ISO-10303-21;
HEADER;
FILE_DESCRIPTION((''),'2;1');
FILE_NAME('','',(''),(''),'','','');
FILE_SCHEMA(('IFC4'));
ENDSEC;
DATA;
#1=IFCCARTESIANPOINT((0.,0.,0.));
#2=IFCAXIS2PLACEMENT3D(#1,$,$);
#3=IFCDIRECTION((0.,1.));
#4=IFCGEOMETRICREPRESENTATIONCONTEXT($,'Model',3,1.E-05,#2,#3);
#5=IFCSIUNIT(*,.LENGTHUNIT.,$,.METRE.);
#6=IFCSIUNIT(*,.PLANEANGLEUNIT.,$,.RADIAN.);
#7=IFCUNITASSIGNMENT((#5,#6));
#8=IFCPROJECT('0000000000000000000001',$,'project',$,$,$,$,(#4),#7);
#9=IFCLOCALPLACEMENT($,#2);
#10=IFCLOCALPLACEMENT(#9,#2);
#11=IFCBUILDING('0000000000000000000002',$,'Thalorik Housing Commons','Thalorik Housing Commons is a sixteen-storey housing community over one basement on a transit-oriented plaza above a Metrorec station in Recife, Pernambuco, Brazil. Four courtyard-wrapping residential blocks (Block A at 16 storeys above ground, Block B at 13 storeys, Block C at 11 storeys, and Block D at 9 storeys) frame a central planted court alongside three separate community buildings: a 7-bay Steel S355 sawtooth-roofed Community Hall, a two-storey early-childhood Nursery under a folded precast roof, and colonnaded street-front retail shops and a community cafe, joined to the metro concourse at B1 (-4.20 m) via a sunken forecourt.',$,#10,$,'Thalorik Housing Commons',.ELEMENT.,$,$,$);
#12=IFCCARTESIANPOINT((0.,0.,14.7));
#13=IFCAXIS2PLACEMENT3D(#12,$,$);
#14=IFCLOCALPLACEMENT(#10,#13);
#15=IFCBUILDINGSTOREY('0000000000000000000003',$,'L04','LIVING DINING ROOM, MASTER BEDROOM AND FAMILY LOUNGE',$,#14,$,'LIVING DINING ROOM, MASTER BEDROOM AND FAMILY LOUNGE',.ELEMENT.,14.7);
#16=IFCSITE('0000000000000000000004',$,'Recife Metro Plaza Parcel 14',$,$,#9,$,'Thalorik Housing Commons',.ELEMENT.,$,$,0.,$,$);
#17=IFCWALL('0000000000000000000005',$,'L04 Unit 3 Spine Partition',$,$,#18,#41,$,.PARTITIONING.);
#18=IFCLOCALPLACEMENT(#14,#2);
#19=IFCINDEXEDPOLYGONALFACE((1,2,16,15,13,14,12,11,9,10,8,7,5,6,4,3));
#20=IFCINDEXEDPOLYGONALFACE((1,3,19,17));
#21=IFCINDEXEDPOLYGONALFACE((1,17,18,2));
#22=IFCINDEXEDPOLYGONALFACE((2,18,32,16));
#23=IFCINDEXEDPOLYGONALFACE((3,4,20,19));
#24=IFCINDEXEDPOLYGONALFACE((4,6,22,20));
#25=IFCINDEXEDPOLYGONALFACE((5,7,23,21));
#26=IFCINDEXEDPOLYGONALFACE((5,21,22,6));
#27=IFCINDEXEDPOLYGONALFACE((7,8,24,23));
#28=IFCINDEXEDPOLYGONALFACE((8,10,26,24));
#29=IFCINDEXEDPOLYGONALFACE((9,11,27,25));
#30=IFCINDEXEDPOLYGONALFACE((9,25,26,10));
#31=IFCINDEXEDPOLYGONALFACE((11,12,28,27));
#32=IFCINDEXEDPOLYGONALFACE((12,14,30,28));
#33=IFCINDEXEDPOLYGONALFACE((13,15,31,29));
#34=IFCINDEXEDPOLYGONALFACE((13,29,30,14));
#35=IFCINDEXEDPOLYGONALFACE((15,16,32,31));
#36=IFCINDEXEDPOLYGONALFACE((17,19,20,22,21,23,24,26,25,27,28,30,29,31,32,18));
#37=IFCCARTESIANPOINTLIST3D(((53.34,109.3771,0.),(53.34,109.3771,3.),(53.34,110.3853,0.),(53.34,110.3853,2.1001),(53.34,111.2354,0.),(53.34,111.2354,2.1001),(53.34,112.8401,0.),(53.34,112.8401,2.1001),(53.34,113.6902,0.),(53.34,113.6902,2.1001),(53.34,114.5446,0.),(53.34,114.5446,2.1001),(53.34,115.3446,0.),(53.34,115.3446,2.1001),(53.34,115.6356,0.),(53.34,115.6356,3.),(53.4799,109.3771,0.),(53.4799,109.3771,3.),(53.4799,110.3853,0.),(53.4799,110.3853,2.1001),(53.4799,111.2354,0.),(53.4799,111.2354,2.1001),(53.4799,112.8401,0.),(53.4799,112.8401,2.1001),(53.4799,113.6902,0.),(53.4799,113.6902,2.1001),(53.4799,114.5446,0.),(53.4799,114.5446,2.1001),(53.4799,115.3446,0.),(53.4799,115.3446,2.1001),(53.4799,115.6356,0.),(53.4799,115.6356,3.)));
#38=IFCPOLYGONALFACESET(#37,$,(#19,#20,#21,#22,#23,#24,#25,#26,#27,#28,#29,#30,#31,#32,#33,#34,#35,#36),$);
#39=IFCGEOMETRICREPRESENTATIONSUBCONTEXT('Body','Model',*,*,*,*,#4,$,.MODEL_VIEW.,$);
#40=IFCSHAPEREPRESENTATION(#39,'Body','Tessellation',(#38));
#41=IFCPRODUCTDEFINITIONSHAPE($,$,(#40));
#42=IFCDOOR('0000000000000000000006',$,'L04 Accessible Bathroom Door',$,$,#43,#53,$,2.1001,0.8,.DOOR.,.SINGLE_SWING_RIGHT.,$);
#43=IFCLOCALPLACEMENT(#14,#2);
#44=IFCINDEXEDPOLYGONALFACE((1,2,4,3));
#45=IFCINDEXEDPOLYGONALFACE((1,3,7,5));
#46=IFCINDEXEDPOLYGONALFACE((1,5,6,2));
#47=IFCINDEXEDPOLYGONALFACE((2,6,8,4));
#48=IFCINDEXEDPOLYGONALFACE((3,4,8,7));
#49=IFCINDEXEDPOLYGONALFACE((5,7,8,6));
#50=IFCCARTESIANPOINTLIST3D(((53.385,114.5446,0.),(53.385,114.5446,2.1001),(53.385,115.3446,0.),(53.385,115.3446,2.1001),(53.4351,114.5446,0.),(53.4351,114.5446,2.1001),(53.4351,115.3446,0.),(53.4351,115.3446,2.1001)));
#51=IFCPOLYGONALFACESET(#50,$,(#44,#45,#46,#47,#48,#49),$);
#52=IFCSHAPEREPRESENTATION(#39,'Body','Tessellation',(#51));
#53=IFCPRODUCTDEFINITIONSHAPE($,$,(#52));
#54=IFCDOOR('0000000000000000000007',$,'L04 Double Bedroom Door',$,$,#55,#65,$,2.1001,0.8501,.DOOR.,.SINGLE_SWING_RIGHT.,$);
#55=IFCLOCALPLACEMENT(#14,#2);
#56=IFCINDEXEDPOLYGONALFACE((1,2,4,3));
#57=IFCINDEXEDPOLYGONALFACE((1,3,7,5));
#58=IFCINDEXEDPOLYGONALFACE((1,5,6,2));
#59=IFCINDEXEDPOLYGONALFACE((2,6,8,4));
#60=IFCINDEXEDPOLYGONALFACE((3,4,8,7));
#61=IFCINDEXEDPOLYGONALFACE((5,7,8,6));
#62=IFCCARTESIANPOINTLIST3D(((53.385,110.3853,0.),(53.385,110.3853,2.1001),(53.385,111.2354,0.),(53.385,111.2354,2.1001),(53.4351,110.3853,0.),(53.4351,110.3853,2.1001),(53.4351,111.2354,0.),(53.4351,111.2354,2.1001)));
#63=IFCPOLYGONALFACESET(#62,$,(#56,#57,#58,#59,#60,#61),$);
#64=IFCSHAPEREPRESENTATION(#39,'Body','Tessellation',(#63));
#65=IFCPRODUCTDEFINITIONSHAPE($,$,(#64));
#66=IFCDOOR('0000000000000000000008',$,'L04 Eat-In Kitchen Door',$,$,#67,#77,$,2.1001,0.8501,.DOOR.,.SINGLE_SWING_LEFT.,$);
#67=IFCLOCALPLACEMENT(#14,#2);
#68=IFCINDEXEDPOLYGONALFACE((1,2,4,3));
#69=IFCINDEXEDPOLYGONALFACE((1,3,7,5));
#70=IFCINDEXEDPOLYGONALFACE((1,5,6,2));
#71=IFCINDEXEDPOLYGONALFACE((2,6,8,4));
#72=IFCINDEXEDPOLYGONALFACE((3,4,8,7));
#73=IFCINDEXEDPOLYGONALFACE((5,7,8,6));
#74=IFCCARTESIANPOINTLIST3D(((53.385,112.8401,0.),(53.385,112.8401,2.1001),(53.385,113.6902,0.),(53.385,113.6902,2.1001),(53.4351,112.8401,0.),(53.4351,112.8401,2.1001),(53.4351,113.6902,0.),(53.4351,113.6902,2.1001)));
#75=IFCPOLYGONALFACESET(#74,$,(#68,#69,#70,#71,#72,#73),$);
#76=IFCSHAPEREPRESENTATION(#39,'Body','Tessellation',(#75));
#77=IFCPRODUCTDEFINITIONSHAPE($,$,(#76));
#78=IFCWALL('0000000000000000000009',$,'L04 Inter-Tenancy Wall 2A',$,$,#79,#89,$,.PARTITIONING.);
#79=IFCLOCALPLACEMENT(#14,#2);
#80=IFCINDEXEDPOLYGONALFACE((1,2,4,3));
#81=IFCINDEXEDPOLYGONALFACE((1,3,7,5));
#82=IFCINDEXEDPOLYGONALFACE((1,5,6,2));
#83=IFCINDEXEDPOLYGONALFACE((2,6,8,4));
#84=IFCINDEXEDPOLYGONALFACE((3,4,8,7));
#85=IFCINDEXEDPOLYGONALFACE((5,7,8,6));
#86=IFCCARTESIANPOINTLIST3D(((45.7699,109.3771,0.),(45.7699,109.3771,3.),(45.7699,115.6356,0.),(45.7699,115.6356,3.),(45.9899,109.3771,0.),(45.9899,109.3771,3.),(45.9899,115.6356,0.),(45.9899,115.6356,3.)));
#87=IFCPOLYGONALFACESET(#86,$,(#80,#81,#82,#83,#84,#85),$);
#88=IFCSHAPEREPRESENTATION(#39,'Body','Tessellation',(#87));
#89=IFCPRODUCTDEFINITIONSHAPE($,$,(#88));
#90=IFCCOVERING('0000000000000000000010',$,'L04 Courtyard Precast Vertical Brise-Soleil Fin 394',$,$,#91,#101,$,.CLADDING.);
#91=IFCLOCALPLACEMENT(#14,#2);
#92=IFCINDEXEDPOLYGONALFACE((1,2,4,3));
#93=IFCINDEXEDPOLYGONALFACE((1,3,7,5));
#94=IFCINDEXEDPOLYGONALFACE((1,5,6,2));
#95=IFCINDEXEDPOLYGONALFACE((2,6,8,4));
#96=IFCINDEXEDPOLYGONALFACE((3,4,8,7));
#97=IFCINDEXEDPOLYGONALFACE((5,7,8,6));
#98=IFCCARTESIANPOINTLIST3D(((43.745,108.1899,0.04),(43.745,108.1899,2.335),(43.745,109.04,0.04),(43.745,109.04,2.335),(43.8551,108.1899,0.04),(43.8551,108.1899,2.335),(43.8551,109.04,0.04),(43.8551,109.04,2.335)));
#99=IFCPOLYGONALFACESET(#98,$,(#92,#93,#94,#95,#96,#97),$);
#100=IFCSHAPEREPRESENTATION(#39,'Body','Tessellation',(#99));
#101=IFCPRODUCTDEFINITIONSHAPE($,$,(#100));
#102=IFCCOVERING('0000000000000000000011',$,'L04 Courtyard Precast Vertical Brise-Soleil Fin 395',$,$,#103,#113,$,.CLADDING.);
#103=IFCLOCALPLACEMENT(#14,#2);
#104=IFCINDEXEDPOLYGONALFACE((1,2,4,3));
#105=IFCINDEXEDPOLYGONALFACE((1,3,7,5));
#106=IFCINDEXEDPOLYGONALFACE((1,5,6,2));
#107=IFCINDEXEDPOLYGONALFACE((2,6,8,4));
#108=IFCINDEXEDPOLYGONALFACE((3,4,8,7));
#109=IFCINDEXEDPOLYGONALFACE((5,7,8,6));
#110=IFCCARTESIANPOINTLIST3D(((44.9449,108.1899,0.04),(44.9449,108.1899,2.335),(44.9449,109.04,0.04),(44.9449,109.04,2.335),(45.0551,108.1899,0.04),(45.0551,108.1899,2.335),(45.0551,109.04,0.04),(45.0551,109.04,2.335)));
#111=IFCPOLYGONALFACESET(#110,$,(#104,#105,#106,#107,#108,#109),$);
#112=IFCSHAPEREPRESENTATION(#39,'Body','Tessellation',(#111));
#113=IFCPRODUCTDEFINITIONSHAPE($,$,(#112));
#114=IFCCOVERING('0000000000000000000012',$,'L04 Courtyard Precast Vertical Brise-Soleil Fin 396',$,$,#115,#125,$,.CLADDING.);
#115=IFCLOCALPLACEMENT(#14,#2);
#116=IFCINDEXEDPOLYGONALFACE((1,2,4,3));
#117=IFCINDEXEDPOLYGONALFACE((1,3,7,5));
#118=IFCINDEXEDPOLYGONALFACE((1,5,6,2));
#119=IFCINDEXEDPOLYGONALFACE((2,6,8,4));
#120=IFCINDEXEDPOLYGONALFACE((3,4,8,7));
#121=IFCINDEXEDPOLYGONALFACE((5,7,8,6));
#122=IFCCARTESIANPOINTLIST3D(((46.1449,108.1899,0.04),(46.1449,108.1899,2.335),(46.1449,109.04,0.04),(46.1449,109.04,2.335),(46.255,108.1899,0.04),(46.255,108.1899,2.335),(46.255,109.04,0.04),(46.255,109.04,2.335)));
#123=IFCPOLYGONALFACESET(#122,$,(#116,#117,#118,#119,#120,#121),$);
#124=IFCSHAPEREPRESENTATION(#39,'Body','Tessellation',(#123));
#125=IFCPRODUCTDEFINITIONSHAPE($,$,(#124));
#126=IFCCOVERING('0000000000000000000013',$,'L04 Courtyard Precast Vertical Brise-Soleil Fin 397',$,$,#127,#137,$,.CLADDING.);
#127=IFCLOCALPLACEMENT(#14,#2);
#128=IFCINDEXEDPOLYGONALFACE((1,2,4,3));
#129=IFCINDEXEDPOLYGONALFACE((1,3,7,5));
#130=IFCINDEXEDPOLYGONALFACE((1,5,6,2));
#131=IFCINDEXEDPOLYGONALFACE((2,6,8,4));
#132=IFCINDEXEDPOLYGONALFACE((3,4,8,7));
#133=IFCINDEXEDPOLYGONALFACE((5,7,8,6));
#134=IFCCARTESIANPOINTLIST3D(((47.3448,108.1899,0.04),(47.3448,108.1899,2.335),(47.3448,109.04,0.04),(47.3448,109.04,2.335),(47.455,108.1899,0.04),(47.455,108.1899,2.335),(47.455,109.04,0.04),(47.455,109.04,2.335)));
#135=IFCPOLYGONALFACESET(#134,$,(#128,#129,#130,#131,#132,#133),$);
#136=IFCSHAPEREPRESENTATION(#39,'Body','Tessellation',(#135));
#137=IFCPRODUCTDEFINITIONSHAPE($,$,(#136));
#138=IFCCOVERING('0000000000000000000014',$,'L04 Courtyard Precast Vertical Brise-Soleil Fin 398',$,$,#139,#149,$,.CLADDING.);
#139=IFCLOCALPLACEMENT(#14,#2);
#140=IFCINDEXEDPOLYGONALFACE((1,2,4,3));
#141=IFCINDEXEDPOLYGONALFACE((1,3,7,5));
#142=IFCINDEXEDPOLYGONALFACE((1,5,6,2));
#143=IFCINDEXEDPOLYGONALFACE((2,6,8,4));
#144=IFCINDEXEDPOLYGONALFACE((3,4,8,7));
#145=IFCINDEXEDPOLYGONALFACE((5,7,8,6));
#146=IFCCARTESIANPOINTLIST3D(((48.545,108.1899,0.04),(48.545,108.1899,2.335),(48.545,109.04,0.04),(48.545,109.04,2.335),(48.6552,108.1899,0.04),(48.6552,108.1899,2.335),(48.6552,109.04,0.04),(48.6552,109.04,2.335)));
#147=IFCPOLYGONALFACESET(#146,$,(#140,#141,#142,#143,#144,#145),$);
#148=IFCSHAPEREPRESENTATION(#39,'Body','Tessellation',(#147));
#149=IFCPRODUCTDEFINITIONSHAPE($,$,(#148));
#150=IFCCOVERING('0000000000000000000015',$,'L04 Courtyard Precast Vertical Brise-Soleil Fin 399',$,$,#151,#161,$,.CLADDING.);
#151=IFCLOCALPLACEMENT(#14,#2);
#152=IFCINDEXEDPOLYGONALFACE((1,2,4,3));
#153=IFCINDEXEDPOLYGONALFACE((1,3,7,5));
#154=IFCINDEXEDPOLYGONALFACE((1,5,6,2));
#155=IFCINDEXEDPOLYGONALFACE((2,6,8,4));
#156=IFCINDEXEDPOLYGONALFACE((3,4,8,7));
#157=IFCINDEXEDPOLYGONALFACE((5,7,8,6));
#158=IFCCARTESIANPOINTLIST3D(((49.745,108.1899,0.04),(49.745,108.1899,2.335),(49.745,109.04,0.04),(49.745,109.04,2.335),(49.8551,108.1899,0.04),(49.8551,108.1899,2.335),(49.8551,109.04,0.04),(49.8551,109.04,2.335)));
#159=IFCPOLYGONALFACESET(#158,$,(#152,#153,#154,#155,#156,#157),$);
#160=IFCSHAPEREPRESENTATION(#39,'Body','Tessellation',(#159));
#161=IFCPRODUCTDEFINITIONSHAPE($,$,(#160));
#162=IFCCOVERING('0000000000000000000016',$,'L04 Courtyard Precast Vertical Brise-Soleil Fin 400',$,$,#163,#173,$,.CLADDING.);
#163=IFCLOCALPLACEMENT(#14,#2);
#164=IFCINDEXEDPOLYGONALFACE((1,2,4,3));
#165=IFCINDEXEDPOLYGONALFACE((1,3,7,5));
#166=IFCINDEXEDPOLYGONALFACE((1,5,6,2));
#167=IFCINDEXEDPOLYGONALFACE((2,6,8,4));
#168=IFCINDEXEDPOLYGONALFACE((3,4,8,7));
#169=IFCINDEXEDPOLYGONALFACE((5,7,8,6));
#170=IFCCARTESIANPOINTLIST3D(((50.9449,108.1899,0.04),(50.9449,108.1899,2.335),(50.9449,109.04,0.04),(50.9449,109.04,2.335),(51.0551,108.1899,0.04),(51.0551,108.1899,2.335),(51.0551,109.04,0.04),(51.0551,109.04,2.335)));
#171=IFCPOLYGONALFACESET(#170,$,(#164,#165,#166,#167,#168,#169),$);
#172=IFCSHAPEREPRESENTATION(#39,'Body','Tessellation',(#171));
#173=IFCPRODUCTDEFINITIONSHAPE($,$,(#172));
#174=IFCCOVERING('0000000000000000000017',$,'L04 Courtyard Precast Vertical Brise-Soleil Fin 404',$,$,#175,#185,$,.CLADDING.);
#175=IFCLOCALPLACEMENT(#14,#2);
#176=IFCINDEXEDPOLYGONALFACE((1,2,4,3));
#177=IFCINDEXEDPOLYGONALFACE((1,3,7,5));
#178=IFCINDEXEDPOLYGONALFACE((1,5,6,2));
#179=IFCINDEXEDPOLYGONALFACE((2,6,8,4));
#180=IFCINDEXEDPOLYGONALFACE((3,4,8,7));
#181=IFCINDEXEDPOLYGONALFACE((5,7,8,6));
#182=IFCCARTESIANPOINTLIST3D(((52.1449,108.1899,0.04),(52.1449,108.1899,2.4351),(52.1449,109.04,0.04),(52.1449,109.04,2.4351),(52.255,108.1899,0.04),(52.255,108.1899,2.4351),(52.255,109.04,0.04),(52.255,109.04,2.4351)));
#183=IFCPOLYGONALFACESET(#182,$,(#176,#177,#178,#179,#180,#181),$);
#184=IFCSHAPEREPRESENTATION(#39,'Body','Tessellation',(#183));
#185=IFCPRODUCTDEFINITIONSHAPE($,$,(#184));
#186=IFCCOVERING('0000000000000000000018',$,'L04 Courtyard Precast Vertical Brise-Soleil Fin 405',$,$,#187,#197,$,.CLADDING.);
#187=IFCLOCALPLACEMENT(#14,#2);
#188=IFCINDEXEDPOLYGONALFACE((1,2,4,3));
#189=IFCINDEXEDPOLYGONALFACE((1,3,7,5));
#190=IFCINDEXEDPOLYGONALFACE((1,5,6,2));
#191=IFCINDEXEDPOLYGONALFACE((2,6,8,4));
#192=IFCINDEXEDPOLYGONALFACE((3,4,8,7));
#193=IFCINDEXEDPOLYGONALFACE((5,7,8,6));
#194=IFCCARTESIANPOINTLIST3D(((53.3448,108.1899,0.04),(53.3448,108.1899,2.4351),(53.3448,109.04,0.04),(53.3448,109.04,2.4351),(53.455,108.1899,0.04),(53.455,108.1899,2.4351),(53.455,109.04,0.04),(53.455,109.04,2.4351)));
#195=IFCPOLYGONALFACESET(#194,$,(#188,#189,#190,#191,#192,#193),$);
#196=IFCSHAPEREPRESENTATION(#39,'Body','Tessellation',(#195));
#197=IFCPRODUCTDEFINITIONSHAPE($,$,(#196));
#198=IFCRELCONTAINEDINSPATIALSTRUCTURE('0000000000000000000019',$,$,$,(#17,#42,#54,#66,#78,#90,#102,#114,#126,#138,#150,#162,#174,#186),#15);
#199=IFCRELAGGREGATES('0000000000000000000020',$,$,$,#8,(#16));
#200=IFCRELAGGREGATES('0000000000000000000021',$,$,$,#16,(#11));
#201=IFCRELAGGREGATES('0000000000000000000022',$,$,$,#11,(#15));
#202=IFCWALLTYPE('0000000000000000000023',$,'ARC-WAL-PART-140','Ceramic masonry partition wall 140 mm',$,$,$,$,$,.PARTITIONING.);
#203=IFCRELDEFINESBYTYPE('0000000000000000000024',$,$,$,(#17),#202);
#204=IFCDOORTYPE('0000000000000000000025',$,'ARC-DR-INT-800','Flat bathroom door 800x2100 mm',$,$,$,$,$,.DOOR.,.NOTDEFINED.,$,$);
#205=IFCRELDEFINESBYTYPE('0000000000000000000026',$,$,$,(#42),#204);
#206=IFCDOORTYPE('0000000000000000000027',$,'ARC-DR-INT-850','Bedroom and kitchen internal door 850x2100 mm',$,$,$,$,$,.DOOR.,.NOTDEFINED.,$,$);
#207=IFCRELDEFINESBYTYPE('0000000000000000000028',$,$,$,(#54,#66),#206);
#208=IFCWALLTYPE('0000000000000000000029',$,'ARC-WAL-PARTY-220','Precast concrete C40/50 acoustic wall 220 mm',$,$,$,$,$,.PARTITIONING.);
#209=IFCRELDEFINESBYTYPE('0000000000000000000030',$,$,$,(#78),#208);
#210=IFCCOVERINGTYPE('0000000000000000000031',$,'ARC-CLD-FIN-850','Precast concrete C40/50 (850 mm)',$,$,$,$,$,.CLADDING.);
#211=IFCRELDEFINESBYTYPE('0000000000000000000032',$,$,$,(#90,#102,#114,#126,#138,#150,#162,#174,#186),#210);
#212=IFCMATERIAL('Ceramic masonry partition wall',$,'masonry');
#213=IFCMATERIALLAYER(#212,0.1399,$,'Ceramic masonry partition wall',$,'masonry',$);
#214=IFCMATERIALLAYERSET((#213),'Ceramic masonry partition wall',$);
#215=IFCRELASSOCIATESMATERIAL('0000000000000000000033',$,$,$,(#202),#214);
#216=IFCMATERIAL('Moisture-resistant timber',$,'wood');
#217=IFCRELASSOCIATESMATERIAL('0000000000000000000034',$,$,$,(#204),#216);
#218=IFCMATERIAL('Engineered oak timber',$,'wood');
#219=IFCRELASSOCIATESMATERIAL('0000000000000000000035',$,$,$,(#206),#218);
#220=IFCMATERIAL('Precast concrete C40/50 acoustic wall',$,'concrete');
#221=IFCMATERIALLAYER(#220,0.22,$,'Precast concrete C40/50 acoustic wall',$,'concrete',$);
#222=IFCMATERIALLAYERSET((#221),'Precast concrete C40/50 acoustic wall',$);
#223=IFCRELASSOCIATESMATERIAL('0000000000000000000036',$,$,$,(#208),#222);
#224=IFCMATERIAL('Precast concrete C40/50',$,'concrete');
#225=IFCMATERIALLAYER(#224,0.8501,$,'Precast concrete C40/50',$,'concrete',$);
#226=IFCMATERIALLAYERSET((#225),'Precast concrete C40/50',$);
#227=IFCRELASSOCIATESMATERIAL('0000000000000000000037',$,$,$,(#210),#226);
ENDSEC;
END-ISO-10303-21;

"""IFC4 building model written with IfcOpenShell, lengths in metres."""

from ifc_helpers import new_model, si_unit, direction, frame, frame_2d, origin, origin_2d, place, context, subcontext, project, spatial, rectangle, extrude, material, layer, layer_set, type_object, element, fill, save


model = new_model("IFC4")

# Units and contexts
model_context = context("Model", 3, precision=1e-05, world=origin(), true_north=direction((0.0, 1.0)))
body_context = subcontext(model_context, "Body", "Model", "MODEL_VIEW")
ifc_project = project(units=[si_unit("LENGTHUNIT", "METRE"), si_unit("PLANEANGLEUNIT", "RADIAN")], contexts=[model_context])

# Site, building, storey
site_placement = place(None, origin())
site = spatial("IfcSite", under=ifc_project, at=site_placement, Name="Recife Metro Plaza Parcel 14", LongName="Thalorik Housing Commons", CompositionType="ELEMENT", RefElevation=0.0)
building_placement = place(site_placement, origin())
building = spatial("IfcBuilding", under=site, at=building_placement, Name="Thalorik Housing Commons", Description="Thalorik Housing Commons is a sixteen-storey housing community over one basement on a transit-oriented plaza above a Metrorec station in Recife, Pernambuco, Brazil. Four courtyard-wrapping residential blocks (Block A at 16 storeys above ground, Block B at 13 storeys, Block C at 11 storeys, and Block D at 9 storeys) frame a central planted court alongside three separate community buildings: a 7-bay Steel S355 sawtooth-roofed Community Hall, a two-storey early-childhood Nursery under a folded precast roof, and colonnaded street-front retail shops and a community cafe, joined to the metro concourse at B1 (-4.20 m) via a sunken forecourt.", LongName="Thalorik Housing Commons", CompositionType="ELEMENT")
storey_placement = place(building_placement, frame((0.0, 0.0, 14.7)))
storey = spatial("IfcBuildingStorey", under=building, at=storey_placement, Name="L04", Description="LIVING DINING ROOM, MASTER BEDROOM AND FAMILY LOUNGE", LongName="LIVING DINING ROOM, MASTER BEDROOM AND FAMILY LOUNGE", CompositionType="ELEMENT", Elevation=14.7)

# Shared definitions
ifc_material_1 = material(Name="Precast concrete C40/50", Category="concrete")

# Wall, openings, doors
ifc_material_2 = material(Name="Ceramic masonry partition wall", Category="masonry")
ifc_layer_1 = layer(ifc_material_2, 0.1399, Name="Ceramic masonry partition wall", Category="masonry")
ifc_layer_set_1 = layer_set([ifc_layer_1], Name="Ceramic masonry partition wall")
wall_type_1 = type_object("IfcWallType", Name="ARC-WAL-PART-140", Description="Ceramic masonry partition wall 140 mm", PredefinedType="PARTITIONING", material=ifc_layer_set_1)
wall_1_placement = place(storey_placement, frame((53.4099, 109.377, 0.0), z_axis=(0.0, 0.0, 1.0), x_axis=(0.0, 1.0, 0.0)))
wall_1 = element("IfcWall", 1, at=wall_1_placement, inside=storey, type_object=wall_type_1, Name="L04 Unit 3 Spine Partition", PredefinedType="PARTITIONING", context=body_context, shape_type="SweptSolid", body=[
    extrude(rectangle(XDim=6.2585, YDim=0.1399, at=frame_2d((3.1294, 0.0))), origin(), (0.0, 0.0, 1.0), 3.0),
])
opening_1_placement = place(wall_1_placement, frame((1.0083, 0.0, 0.0)))
opening_1 = element("IfcOpeningElement", 2, at=opening_1_placement, cuts=wall_1, PredefinedType="OPENING", context=body_context, shape_type="SweptSolid", body=[
    extrude(rectangle(XDim=0.8501, YDim=2.1001, at=frame_2d((0.425, 1.05))), frame((0.0, 0.0801, 0.0), z_axis=(0.0, -1.0, 0.0), x_axis=(1.0, 0.0, 0.0)), (0.0, 0.0, 1.0), 0.1599),
])
opening_2_placement = place(wall_1_placement, frame((3.4631, 0.0, 0.0)))
opening_2 = element("IfcOpeningElement", 3, at=opening_2_placement, cuts=wall_1, PredefinedType="OPENING", context=body_context, shape_type="SweptSolid", body=[
    extrude(rectangle(XDim=0.8501, YDim=2.1001, at=frame_2d((0.425, 1.05))), frame((0.0, 0.0801, 0.0), z_axis=(0.0, -1.0, 0.0), x_axis=(1.0, 0.0, 0.0)), (0.0, 0.0, 1.0), 0.1599),
])
opening_3_placement = place(wall_1_placement, frame((5.1677, 0.0, 0.0)))
opening_3 = element("IfcOpeningElement", 4, at=opening_3_placement, cuts=wall_1, PredefinedType="OPENING", context=body_context, shape_type="SweptSolid", body=[
    extrude(rectangle(XDim=0.8, YDim=2.1001, at=frame_2d((0.3999, 1.05))), frame((0.0, 0.0801, 0.0), z_axis=(0.0, -1.0, 0.0), x_axis=(1.0, 0.0, 0.0)), (0.0, 0.0, 1.0), 0.1599),
])
ifc_material_3 = material(Name="Moisture-resistant timber", Category="wood")
door_type_1 = type_object("IfcDoorType", Name="ARC-DR-INT-800", Description="Flat bathroom door 800x2100 mm", OperationType="NOTDEFINED", PredefinedType="DOOR", material=ifc_material_3)
door_1_placement = place(opening_3_placement, origin())
door_1 = element("IfcDoor", 5, at=door_1_placement, inside=storey, type_object=door_type_1, Name="L04 Accessible Bathroom Door", OperationType="SINGLE_SWING_RIGHT", OverallHeight=2.1001, OverallWidth=0.8, PredefinedType="DOOR", context=body_context, shape_type="SweptSolid", body=[
    extrude(rectangle(XDim=0.8, YDim=2.1001, at=frame_2d((0.3999, 1.05))), frame((0.0, 0.0249, 0.0), z_axis=(0.0, -1.0, 0.0), x_axis=(1.0, 0.0, 0.0)), (0.0, 0.0, 1.0), 0.05),
])
fill(opening_3, door_1)
ifc_material_4 = material(Name="Engineered oak timber", Category="wood")
door_type_2 = type_object("IfcDoorType", Name="ARC-DR-INT-850", Description="Bedroom and kitchen internal door 850x2100 mm", OperationType="NOTDEFINED", PredefinedType="DOOR", material=ifc_material_4)
door_2_placement = place(opening_1_placement, origin())
door_2 = element("IfcDoor", 6, at=door_2_placement, inside=storey, type_object=door_type_2, Name="L04 Double Bedroom Door", OperationType="SINGLE_SWING_RIGHT", OverallHeight=2.1001, OverallWidth=0.8501, PredefinedType="DOOR", context=body_context, shape_type="SweptSolid", body=[
    extrude(rectangle(XDim=0.8501, YDim=2.1001, at=frame_2d((0.425, 1.05))), frame((0.0, 0.0249, 0.0), z_axis=(0.0, -1.0, 0.0), x_axis=(1.0, 0.0, 0.0)), (0.0, 0.0, 1.0), 0.05),
])
fill(opening_1, door_2)
door_3_placement = place(opening_2_placement, origin())
door_3 = element("IfcDoor", 7, at=door_3_placement, inside=storey, type_object=door_type_2, Name="L04 Eat-In Kitchen Door", OperationType="SINGLE_SWING_LEFT", OverallHeight=2.1001, OverallWidth=0.8501, PredefinedType="DOOR", context=body_context, shape_type="SweptSolid", body=[
    extrude(rectangle(XDim=0.8501, YDim=2.1001, at=frame_2d((0.425, 1.05))), frame((0.0, 0.0249, 0.0), z_axis=(0.0, -1.0, 0.0), x_axis=(1.0, 0.0, 0.0)), (0.0, 0.0, 1.0), 0.05),
])
fill(opening_2, door_3)

# Wall
ifc_material_5 = material(Name="Precast concrete C40/50 acoustic wall", Category="concrete")
ifc_layer_2 = layer(ifc_material_5, 0.22, Name="Precast concrete C40/50 acoustic wall", Category="concrete")
ifc_layer_set_2 = layer_set([ifc_layer_2], Name="Precast concrete C40/50 acoustic wall")
wall_type_2 = type_object("IfcWallType", Name="ARC-WAL-PARTY-220", Description="Precast concrete C40/50 acoustic wall 220 mm", PredefinedType="PARTITIONING", material=ifc_layer_set_2)
wall_2_placement = place(storey_placement, frame((45.8799, 109.377, 0.0), z_axis=(0.0, 0.0, 1.0), x_axis=(0.0, 1.0, 0.0)))
element("IfcWall", 8, at=wall_2_placement, inside=storey, type_object=wall_type_2, Name="L04 Inter-Tenancy Wall 2A", PredefinedType="PARTITIONING", context=body_context, shape_type="SweptSolid", body=[
    extrude(rectangle(XDim=6.2585, YDim=0.22, at=frame_2d((3.1294, 0.0))), origin(), (0.0, 0.0, 1.0), 3.0),
])

# Coverings
ifc_layer_3 = layer(ifc_material_1, 0.8501, Name="Precast concrete C40/50", Category="concrete")
ifc_layer_set_3 = layer_set([ifc_layer_3], Name="Precast concrete C40/50")
covering_type_1 = type_object("IfcCoveringType", Name="ARC-CLD-FIN-850", Description="Precast concrete C40/50 (850 mm)", PredefinedType="CLADDING", material=ifc_layer_set_3)
for number, where, z_axis, x_axis, name in (
    (9, (43.8, 108.615, 0.04), (0.0, 0.0, 1.0), (1.0, 0.0, 0.0), "L04 Courtyard Precast Vertical Brise-Soleil Fin 394"),
    (10, (45.0, 108.615, 0.04), (0.0, 0.0, 1.0), (1.0, 0.0, 0.0), "L04 Courtyard Precast Vertical Brise-Soleil Fin 395"),
    (11, (46.2, 108.615, 0.04), (0.0, 0.0, 1.0), (1.0, 0.0, 0.0), "L04 Courtyard Precast Vertical Brise-Soleil Fin 396"),
    (12, (47.3999, 108.615, 0.04), (0.0, 0.0, 1.0), (1.0, 0.0, 0.0), "L04 Courtyard Precast Vertical Brise-Soleil Fin 397"),
    (13, (48.6001, 108.615, 0.04), (0.0, 0.0, 1.0), (1.0, 0.0, 0.0), "L04 Courtyard Precast Vertical Brise-Soleil Fin 398"),
    (14, (49.8, 108.615, 0.04), (0.0, 0.0, 1.0), (1.0, 0.0, 0.0), "L04 Courtyard Precast Vertical Brise-Soleil Fin 399"),
    (15, (51.0, 108.615, 0.04), (0.0, 0.0, 1.0), (1.0, 0.0, 0.0), "L04 Courtyard Precast Vertical Brise-Soleil Fin 400"),
):
    element("IfcCovering", number, at=place(storey_placement, frame(where, z_axis=z_axis, x_axis=x_axis)), inside=storey, type_object=covering_type_1, Name=name, PredefinedType="CLADDING", context=body_context, shape_type="SweptSolid", body=[
        extrude(rectangle(XDim=0.1101, YDim=0.8501, at=origin_2d()), origin(), (0.0, 0.0, 1.0), 2.2949),
    ])
for number, where, z_axis, x_axis, name in (
    (16, (52.2, 108.615, 0.04), (0.0, 0.0, 1.0), (1.0, 0.0, 0.0), "L04 Courtyard Precast Vertical Brise-Soleil Fin 404"),
    (17, (53.3999, 108.615, 0.04), (0.0, 0.0, 1.0), (1.0, 0.0, 0.0), "L04 Courtyard Precast Vertical Brise-Soleil Fin 405"),
):
    element("IfcCovering", number, at=place(storey_placement, frame(where, z_axis=z_axis, x_axis=x_axis)), inside=storey, type_object=covering_type_1, Name=name, PredefinedType="CLADDING", context=body_context, shape_type="SweptSolid", body=[
        extrude(rectangle(XDim=0.1101, YDim=0.8501, at=origin_2d()), origin(), (0.0, 0.0, 1.0), 2.395),
    ])

save(model, "model.ifc")
